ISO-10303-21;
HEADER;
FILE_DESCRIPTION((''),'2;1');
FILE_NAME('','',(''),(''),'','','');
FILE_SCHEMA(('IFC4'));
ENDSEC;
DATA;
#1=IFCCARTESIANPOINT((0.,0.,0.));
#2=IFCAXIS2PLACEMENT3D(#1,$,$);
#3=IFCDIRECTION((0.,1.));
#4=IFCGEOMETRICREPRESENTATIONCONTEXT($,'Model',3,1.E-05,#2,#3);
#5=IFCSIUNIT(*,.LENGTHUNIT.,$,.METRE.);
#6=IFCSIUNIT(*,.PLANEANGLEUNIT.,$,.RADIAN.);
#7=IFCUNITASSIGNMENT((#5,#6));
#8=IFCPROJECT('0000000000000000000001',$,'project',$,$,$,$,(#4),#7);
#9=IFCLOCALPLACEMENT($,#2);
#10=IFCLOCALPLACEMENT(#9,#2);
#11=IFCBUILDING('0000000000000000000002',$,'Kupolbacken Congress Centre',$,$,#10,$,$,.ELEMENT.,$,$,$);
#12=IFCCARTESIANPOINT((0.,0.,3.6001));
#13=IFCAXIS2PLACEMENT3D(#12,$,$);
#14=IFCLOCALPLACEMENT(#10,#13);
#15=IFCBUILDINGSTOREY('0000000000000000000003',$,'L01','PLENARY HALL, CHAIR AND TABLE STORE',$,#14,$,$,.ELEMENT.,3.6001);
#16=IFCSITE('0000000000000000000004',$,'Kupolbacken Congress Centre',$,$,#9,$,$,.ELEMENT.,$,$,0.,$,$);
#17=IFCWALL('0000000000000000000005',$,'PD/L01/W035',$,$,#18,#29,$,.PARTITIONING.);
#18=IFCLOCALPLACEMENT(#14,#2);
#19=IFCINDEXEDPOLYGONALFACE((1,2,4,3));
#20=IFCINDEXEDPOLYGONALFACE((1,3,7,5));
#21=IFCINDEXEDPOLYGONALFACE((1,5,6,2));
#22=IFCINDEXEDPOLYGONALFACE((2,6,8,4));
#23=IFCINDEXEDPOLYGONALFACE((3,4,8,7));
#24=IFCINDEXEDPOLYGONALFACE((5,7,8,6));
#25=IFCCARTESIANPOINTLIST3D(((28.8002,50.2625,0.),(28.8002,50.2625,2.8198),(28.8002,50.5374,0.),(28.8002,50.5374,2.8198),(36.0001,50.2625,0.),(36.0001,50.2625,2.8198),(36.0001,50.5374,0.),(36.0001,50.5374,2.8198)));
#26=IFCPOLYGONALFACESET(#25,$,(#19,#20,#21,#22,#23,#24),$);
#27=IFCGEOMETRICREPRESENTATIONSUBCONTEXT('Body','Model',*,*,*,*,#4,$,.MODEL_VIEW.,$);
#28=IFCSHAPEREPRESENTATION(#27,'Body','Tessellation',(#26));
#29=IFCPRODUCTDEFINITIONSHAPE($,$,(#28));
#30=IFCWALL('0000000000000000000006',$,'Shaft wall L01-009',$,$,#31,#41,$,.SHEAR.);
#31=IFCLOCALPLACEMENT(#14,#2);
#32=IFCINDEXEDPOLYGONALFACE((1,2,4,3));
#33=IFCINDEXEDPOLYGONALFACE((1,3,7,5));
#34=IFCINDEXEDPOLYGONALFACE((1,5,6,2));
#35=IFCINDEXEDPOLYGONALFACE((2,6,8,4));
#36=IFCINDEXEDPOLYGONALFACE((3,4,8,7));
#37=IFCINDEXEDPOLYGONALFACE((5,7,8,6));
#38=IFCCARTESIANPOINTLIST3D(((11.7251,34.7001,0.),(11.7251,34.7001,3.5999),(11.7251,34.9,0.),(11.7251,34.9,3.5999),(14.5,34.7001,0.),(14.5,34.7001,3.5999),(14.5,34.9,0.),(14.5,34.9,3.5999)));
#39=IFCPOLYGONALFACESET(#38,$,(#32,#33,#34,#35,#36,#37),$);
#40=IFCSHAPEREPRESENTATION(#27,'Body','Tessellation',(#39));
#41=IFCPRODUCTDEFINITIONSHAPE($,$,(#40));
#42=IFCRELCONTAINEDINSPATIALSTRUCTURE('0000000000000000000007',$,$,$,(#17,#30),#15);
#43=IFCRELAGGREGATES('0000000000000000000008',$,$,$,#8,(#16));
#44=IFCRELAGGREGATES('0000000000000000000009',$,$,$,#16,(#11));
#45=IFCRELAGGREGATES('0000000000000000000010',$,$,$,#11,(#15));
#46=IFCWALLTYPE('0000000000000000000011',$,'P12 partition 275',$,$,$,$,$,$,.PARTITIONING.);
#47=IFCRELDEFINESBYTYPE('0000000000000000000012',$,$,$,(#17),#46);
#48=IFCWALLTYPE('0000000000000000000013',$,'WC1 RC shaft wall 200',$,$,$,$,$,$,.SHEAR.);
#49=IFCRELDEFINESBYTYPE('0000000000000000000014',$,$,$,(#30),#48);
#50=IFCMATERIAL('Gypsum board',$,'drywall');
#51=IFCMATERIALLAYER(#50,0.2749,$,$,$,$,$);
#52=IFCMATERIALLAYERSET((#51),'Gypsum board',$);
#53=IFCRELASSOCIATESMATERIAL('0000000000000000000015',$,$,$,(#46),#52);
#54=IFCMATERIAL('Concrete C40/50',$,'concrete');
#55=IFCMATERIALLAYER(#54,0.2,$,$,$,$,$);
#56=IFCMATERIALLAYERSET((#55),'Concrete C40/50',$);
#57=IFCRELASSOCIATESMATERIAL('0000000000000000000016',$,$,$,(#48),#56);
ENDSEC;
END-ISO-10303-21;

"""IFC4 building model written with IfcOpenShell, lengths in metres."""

from ifc_helpers import new_model, si_unit, direction, frame, frame_2d, origin, place, context, subcontext, project, spatial, rectangle, extrude, material, layer, layer_set, type_object, element, save


model = new_model("IFC4")

# Units and contexts
model_context = context("Model", 3, precision=1e-05, world=origin(), true_north=direction((0.0, 1.0)))
body_context = subcontext(model_context, "Body", "Model", "MODEL_VIEW")
ifc_project = project(units=[si_unit("LENGTHUNIT", "METRE"), si_unit("PLANEANGLEUNIT", "RADIAN")], contexts=[model_context])

# Site, building, storey
site_placement = place(None, origin())
site = spatial("IfcSite", under=ifc_project, at=site_placement, Name="Kupolbacken Congress Centre", CompositionType="ELEMENT", RefElevation=0.0)
building_placement = place(site_placement, origin())
building = spatial("IfcBuilding", under=site, at=building_placement, Name="Kupolbacken Congress Centre", CompositionType="ELEMENT")
storey_placement = place(building_placement, frame((0.0, 0.0, 3.6001)))
storey = spatial("IfcBuildingStorey", under=building, at=storey_placement, Name="L01", Description="PLENARY HALL, CHAIR AND TABLE STORE", CompositionType="ELEMENT", Elevation=3.6001)

# Walls
ifc_material_1 = material(Name="Gypsum board", Category="drywall")
ifc_layer_1 = layer(ifc_material_1, 0.2749)
ifc_layer_set_1 = layer_set([ifc_layer_1], Name="Gypsum board")
wall_type_1 = type_object("IfcWallType", Name="P12 partition 275", PredefinedType="PARTITIONING", material=ifc_layer_set_1)
wall_1_placement = place(storey_placement, frame((28.8, 50.3999, 0.0), z_axis=(0.0, 0.0, 1.0), x_axis=(1.0, 0.0, 0.0)))
element("IfcWall", 1, at=wall_1_placement, inside=storey, type_object=wall_type_1, Name="PD/L01/W035", PredefinedType="PARTITIONING", context=body_context, shape_type="SweptSolid", body=[
    extrude(rectangle(XDim=7.2, YDim=0.2749, at=frame_2d((3.6001, 0.0))), origin(), (0.0, 0.0, 1.0), 2.8198),
])
ifc_material_2 = material(Name="Concrete C40/50", Category="concrete")
ifc_layer_2 = layer(ifc_material_2, 0.2)
ifc_layer_set_2 = layer_set([ifc_layer_2], Name="Concrete C40/50")
wall_type_2 = type_object("IfcWallType", Name="WC1 RC shaft wall 200", PredefinedType="SHEAR", material=ifc_layer_set_2)
wall_2_placement = place(storey_placement, frame((14.5, 34.8, 0.0), z_axis=(0.0, 0.0, 1.0), x_axis=(-1.0, 0.0, 0.0)))
element("IfcWall", 2, at=wall_2_placement, inside=storey, type_object=wall_type_2, Name="Shaft wall L01-009", PredefinedType="SHEAR", context=body_context, shape_type="SweptSolid", body=[
    extrude(rectangle(XDim=2.7749, YDim=0.2, at=frame_2d((1.3875, 0.0))), origin(), (0.0, 0.0, 1.0), 3.5999),
])

save(model, "model.ifc")
